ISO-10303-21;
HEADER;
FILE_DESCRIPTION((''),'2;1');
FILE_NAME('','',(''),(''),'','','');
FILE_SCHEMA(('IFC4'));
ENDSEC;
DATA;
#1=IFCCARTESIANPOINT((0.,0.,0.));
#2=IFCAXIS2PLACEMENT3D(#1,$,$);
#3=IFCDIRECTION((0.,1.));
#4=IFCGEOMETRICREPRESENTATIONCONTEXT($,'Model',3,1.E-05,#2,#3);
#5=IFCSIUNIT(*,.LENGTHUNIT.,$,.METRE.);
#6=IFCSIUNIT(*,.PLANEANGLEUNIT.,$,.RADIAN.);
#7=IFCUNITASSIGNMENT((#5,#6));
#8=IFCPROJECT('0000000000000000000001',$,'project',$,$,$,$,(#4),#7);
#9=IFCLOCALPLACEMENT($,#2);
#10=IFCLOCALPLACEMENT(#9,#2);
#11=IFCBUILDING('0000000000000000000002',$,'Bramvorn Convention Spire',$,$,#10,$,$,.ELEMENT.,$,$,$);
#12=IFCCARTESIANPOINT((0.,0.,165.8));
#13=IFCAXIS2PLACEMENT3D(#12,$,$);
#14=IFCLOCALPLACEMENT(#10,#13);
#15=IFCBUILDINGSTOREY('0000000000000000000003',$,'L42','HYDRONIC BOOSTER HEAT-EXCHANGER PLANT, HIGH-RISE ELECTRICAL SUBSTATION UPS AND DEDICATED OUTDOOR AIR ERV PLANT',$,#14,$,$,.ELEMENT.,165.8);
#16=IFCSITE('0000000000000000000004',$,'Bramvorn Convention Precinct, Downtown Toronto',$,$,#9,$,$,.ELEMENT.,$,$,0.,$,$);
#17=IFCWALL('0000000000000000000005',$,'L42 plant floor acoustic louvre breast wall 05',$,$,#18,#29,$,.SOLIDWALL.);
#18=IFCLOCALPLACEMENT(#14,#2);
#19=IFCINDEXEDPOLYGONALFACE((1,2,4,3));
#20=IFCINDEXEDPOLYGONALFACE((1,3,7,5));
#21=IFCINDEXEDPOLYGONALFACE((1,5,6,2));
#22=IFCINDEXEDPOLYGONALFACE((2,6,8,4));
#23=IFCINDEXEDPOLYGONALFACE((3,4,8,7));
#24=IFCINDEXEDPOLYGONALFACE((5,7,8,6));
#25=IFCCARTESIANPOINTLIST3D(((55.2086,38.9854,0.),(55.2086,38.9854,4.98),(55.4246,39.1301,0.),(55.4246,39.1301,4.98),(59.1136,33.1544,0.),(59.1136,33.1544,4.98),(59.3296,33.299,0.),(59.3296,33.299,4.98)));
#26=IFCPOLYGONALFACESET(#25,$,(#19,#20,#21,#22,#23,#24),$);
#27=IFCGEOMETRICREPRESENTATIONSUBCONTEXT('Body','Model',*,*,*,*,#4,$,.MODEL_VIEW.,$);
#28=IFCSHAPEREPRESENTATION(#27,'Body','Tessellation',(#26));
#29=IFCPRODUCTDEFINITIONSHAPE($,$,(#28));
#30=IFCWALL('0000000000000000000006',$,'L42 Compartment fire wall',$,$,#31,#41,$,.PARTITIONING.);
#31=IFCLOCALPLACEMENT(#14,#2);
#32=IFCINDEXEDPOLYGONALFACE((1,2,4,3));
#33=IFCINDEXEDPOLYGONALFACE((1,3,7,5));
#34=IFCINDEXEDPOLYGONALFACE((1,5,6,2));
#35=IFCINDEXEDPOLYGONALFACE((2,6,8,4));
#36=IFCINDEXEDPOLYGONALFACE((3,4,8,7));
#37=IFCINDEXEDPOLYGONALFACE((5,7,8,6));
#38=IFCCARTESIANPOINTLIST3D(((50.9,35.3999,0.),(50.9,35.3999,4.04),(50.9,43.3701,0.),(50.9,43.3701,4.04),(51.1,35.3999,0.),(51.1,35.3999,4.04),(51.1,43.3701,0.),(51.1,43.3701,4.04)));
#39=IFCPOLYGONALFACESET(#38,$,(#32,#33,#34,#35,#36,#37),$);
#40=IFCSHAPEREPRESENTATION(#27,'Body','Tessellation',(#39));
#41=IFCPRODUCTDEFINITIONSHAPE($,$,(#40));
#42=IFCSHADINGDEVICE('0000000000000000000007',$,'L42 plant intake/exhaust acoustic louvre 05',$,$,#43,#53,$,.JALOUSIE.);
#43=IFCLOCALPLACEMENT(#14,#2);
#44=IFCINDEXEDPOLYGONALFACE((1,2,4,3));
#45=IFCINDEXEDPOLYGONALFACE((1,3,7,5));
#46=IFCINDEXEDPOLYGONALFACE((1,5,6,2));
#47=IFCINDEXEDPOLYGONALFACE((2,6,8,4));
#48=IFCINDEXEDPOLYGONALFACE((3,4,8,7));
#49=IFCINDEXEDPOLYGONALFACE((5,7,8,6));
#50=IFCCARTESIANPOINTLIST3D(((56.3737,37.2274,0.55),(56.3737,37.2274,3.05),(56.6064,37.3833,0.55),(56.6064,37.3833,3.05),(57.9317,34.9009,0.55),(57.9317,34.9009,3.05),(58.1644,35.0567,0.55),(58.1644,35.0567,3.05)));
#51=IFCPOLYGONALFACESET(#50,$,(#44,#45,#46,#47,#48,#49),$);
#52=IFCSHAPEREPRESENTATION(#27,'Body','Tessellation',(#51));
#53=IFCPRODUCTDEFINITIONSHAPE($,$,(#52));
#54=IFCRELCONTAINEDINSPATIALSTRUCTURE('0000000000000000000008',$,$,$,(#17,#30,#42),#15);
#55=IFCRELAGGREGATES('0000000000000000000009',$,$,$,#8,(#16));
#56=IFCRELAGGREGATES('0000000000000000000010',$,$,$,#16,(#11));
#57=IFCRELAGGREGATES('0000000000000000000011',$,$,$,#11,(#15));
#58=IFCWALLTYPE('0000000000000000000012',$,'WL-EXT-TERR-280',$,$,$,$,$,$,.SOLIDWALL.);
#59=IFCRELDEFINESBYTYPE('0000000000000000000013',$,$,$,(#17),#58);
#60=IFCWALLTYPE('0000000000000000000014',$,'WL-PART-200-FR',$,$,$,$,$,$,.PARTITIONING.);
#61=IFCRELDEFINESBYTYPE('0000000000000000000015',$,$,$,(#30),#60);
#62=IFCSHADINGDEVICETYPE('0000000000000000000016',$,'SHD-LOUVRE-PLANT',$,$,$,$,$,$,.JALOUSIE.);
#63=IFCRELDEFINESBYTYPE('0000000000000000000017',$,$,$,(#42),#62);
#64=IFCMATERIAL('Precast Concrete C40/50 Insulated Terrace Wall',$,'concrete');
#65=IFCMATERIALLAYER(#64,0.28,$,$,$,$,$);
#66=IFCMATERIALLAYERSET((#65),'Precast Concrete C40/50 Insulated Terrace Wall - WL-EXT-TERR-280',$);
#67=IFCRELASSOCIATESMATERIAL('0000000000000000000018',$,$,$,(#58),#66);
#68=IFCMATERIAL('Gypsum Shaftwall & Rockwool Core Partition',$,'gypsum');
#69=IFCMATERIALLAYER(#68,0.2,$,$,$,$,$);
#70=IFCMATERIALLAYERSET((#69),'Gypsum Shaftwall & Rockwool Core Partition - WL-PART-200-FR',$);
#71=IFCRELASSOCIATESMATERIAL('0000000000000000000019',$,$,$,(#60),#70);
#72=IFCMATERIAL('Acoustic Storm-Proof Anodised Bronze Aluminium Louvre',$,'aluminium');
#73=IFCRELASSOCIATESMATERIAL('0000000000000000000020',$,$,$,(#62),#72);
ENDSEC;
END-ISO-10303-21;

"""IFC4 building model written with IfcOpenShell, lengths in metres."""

from ifc_helpers import new_model, si_unit, direction, frame, frame_2d, origin, origin_2d, place, context, subcontext, project, spatial, rectangle, extrude, material, layer, layer_set, type_object, element, save


model = new_model("IFC4")

# Units and contexts
model_context = context("Model", 3, precision=1e-05, world=origin(), true_north=direction((0.0, 1.0)))
body_context = subcontext(model_context, "Body", "Model", "MODEL_VIEW")
ifc_project = project(units=[si_unit("LENGTHUNIT", "METRE"), si_unit("PLANEANGLEUNIT", "RADIAN")], contexts=[model_context])

# Site, building, storey
site_placement = place(None, origin())
site = spatial("IfcSite", under=ifc_project, at=site_placement, Name="Bramvorn Convention Precinct, Downtown Toronto", CompositionType="ELEMENT", RefElevation=0.0)
building_placement = place(site_placement, origin())
building = spatial("IfcBuilding", under=site, at=building_placement, Name="Bramvorn Convention Spire", CompositionType="ELEMENT")
storey_placement = place(building_placement, frame((0.0, 0.0, 165.8)))
storey = spatial("IfcBuildingStorey", under=building, at=storey_placement, Name="L42", Description="HYDRONIC BOOSTER HEAT-EXCHANGER PLANT, HIGH-RISE ELECTRICAL SUBSTATION UPS AND DEDICATED OUTDOOR AIR ERV PLANT", CompositionType="ELEMENT", Elevation=165.8)

# Walls
ifc_material_1 = material(Name="Precast Concrete C40/50 Insulated Terrace Wall", Category="concrete")
ifc_layer_1 = layer(ifc_material_1, 0.28)
ifc_layer_set_1 = layer_set([ifc_layer_1], Name="Precast Concrete C40/50 Insulated Terrace Wall - WL-EXT-TERR-280")
wall_type_1 = type_object("IfcWallType", Name="WL-EXT-TERR-280", PredefinedType="SOLIDWALL", material=ifc_layer_set_1)
wall_1_placement = place(storey_placement, frame((55.3167, 39.0576, 0.0), z_axis=(0.0, 0.0, 1.0), x_axis=(0.556441, -0.830887, 0.0)))
element("IfcWall", 1, at=wall_1_placement, inside=storey, type_object=wall_type_1, Name="L42 plant floor acoustic louvre breast wall 05", PredefinedType="SOLIDWALL", context=body_context, shape_type="SweptSolid", body=[
    extrude(rectangle(XDim=7.0178, YDim=0.26, at=frame_2d((3.5088, 0.0))), origin(), (0.0, 0.0, 1.0), 4.98),
])
ifc_material_2 = material(Name="Gypsum Shaftwall & Rockwool Core Partition", Category="gypsum")
ifc_layer_2 = layer(ifc_material_2, 0.2)
ifc_layer_set_2 = layer_set([ifc_layer_2], Name="Gypsum Shaftwall & Rockwool Core Partition - WL-PART-200-FR")
wall_type_2 = type_object("IfcWallType", Name="WL-PART-200-FR", PredefinedType="PARTITIONING", material=ifc_layer_set_2)
wall_2_placement = place(storey_placement, frame((51.0, 35.3999, 0.0), z_axis=(0.0, 0.0, 1.0), x_axis=(0.0, 1.0, 0.0)))
element("IfcWall", 2, at=wall_2_placement, inside=storey, type_object=wall_type_2, Name="L42 Compartment fire wall", PredefinedType="PARTITIONING", context=body_context, shape_type="SweptSolid", body=[
    extrude(rectangle(XDim=7.9702, YDim=0.2, at=frame_2d((3.9851, 0.0))), origin(), (0.0, 0.0, 1.0), 4.04),
])

# Shading device
ifc_material_3 = material(Name="Acoustic Storm-Proof Anodised Bronze Aluminium Louvre", Category="aluminium")
shading_device_type = type_object("IfcShadingDeviceType", Name="SHD-LOUVRE-PLANT", PredefinedType="JALOUSIE", material=ifc_material_3)
shading_device_placement = place(storey_placement, frame((57.269, 36.1421, 0.55), z_axis=(0.0, 0.0, 1.0), x_axis=(0.556439, -0.830889, 0.0)))
element("IfcShadingDevice", 3, at=shading_device_placement, inside=storey, type_object=shading_device_type, Name="L42 plant intake/exhaust acoustic louvre 05", PredefinedType="JALOUSIE", context=body_context, shape_type="SweptSolid", body=[
    extrude(rectangle(XDim=2.8, YDim=0.28, at=origin_2d()), origin(), (0.0, 0.0, 1.0), 2.5),
])

save(model, "model.ifc")
